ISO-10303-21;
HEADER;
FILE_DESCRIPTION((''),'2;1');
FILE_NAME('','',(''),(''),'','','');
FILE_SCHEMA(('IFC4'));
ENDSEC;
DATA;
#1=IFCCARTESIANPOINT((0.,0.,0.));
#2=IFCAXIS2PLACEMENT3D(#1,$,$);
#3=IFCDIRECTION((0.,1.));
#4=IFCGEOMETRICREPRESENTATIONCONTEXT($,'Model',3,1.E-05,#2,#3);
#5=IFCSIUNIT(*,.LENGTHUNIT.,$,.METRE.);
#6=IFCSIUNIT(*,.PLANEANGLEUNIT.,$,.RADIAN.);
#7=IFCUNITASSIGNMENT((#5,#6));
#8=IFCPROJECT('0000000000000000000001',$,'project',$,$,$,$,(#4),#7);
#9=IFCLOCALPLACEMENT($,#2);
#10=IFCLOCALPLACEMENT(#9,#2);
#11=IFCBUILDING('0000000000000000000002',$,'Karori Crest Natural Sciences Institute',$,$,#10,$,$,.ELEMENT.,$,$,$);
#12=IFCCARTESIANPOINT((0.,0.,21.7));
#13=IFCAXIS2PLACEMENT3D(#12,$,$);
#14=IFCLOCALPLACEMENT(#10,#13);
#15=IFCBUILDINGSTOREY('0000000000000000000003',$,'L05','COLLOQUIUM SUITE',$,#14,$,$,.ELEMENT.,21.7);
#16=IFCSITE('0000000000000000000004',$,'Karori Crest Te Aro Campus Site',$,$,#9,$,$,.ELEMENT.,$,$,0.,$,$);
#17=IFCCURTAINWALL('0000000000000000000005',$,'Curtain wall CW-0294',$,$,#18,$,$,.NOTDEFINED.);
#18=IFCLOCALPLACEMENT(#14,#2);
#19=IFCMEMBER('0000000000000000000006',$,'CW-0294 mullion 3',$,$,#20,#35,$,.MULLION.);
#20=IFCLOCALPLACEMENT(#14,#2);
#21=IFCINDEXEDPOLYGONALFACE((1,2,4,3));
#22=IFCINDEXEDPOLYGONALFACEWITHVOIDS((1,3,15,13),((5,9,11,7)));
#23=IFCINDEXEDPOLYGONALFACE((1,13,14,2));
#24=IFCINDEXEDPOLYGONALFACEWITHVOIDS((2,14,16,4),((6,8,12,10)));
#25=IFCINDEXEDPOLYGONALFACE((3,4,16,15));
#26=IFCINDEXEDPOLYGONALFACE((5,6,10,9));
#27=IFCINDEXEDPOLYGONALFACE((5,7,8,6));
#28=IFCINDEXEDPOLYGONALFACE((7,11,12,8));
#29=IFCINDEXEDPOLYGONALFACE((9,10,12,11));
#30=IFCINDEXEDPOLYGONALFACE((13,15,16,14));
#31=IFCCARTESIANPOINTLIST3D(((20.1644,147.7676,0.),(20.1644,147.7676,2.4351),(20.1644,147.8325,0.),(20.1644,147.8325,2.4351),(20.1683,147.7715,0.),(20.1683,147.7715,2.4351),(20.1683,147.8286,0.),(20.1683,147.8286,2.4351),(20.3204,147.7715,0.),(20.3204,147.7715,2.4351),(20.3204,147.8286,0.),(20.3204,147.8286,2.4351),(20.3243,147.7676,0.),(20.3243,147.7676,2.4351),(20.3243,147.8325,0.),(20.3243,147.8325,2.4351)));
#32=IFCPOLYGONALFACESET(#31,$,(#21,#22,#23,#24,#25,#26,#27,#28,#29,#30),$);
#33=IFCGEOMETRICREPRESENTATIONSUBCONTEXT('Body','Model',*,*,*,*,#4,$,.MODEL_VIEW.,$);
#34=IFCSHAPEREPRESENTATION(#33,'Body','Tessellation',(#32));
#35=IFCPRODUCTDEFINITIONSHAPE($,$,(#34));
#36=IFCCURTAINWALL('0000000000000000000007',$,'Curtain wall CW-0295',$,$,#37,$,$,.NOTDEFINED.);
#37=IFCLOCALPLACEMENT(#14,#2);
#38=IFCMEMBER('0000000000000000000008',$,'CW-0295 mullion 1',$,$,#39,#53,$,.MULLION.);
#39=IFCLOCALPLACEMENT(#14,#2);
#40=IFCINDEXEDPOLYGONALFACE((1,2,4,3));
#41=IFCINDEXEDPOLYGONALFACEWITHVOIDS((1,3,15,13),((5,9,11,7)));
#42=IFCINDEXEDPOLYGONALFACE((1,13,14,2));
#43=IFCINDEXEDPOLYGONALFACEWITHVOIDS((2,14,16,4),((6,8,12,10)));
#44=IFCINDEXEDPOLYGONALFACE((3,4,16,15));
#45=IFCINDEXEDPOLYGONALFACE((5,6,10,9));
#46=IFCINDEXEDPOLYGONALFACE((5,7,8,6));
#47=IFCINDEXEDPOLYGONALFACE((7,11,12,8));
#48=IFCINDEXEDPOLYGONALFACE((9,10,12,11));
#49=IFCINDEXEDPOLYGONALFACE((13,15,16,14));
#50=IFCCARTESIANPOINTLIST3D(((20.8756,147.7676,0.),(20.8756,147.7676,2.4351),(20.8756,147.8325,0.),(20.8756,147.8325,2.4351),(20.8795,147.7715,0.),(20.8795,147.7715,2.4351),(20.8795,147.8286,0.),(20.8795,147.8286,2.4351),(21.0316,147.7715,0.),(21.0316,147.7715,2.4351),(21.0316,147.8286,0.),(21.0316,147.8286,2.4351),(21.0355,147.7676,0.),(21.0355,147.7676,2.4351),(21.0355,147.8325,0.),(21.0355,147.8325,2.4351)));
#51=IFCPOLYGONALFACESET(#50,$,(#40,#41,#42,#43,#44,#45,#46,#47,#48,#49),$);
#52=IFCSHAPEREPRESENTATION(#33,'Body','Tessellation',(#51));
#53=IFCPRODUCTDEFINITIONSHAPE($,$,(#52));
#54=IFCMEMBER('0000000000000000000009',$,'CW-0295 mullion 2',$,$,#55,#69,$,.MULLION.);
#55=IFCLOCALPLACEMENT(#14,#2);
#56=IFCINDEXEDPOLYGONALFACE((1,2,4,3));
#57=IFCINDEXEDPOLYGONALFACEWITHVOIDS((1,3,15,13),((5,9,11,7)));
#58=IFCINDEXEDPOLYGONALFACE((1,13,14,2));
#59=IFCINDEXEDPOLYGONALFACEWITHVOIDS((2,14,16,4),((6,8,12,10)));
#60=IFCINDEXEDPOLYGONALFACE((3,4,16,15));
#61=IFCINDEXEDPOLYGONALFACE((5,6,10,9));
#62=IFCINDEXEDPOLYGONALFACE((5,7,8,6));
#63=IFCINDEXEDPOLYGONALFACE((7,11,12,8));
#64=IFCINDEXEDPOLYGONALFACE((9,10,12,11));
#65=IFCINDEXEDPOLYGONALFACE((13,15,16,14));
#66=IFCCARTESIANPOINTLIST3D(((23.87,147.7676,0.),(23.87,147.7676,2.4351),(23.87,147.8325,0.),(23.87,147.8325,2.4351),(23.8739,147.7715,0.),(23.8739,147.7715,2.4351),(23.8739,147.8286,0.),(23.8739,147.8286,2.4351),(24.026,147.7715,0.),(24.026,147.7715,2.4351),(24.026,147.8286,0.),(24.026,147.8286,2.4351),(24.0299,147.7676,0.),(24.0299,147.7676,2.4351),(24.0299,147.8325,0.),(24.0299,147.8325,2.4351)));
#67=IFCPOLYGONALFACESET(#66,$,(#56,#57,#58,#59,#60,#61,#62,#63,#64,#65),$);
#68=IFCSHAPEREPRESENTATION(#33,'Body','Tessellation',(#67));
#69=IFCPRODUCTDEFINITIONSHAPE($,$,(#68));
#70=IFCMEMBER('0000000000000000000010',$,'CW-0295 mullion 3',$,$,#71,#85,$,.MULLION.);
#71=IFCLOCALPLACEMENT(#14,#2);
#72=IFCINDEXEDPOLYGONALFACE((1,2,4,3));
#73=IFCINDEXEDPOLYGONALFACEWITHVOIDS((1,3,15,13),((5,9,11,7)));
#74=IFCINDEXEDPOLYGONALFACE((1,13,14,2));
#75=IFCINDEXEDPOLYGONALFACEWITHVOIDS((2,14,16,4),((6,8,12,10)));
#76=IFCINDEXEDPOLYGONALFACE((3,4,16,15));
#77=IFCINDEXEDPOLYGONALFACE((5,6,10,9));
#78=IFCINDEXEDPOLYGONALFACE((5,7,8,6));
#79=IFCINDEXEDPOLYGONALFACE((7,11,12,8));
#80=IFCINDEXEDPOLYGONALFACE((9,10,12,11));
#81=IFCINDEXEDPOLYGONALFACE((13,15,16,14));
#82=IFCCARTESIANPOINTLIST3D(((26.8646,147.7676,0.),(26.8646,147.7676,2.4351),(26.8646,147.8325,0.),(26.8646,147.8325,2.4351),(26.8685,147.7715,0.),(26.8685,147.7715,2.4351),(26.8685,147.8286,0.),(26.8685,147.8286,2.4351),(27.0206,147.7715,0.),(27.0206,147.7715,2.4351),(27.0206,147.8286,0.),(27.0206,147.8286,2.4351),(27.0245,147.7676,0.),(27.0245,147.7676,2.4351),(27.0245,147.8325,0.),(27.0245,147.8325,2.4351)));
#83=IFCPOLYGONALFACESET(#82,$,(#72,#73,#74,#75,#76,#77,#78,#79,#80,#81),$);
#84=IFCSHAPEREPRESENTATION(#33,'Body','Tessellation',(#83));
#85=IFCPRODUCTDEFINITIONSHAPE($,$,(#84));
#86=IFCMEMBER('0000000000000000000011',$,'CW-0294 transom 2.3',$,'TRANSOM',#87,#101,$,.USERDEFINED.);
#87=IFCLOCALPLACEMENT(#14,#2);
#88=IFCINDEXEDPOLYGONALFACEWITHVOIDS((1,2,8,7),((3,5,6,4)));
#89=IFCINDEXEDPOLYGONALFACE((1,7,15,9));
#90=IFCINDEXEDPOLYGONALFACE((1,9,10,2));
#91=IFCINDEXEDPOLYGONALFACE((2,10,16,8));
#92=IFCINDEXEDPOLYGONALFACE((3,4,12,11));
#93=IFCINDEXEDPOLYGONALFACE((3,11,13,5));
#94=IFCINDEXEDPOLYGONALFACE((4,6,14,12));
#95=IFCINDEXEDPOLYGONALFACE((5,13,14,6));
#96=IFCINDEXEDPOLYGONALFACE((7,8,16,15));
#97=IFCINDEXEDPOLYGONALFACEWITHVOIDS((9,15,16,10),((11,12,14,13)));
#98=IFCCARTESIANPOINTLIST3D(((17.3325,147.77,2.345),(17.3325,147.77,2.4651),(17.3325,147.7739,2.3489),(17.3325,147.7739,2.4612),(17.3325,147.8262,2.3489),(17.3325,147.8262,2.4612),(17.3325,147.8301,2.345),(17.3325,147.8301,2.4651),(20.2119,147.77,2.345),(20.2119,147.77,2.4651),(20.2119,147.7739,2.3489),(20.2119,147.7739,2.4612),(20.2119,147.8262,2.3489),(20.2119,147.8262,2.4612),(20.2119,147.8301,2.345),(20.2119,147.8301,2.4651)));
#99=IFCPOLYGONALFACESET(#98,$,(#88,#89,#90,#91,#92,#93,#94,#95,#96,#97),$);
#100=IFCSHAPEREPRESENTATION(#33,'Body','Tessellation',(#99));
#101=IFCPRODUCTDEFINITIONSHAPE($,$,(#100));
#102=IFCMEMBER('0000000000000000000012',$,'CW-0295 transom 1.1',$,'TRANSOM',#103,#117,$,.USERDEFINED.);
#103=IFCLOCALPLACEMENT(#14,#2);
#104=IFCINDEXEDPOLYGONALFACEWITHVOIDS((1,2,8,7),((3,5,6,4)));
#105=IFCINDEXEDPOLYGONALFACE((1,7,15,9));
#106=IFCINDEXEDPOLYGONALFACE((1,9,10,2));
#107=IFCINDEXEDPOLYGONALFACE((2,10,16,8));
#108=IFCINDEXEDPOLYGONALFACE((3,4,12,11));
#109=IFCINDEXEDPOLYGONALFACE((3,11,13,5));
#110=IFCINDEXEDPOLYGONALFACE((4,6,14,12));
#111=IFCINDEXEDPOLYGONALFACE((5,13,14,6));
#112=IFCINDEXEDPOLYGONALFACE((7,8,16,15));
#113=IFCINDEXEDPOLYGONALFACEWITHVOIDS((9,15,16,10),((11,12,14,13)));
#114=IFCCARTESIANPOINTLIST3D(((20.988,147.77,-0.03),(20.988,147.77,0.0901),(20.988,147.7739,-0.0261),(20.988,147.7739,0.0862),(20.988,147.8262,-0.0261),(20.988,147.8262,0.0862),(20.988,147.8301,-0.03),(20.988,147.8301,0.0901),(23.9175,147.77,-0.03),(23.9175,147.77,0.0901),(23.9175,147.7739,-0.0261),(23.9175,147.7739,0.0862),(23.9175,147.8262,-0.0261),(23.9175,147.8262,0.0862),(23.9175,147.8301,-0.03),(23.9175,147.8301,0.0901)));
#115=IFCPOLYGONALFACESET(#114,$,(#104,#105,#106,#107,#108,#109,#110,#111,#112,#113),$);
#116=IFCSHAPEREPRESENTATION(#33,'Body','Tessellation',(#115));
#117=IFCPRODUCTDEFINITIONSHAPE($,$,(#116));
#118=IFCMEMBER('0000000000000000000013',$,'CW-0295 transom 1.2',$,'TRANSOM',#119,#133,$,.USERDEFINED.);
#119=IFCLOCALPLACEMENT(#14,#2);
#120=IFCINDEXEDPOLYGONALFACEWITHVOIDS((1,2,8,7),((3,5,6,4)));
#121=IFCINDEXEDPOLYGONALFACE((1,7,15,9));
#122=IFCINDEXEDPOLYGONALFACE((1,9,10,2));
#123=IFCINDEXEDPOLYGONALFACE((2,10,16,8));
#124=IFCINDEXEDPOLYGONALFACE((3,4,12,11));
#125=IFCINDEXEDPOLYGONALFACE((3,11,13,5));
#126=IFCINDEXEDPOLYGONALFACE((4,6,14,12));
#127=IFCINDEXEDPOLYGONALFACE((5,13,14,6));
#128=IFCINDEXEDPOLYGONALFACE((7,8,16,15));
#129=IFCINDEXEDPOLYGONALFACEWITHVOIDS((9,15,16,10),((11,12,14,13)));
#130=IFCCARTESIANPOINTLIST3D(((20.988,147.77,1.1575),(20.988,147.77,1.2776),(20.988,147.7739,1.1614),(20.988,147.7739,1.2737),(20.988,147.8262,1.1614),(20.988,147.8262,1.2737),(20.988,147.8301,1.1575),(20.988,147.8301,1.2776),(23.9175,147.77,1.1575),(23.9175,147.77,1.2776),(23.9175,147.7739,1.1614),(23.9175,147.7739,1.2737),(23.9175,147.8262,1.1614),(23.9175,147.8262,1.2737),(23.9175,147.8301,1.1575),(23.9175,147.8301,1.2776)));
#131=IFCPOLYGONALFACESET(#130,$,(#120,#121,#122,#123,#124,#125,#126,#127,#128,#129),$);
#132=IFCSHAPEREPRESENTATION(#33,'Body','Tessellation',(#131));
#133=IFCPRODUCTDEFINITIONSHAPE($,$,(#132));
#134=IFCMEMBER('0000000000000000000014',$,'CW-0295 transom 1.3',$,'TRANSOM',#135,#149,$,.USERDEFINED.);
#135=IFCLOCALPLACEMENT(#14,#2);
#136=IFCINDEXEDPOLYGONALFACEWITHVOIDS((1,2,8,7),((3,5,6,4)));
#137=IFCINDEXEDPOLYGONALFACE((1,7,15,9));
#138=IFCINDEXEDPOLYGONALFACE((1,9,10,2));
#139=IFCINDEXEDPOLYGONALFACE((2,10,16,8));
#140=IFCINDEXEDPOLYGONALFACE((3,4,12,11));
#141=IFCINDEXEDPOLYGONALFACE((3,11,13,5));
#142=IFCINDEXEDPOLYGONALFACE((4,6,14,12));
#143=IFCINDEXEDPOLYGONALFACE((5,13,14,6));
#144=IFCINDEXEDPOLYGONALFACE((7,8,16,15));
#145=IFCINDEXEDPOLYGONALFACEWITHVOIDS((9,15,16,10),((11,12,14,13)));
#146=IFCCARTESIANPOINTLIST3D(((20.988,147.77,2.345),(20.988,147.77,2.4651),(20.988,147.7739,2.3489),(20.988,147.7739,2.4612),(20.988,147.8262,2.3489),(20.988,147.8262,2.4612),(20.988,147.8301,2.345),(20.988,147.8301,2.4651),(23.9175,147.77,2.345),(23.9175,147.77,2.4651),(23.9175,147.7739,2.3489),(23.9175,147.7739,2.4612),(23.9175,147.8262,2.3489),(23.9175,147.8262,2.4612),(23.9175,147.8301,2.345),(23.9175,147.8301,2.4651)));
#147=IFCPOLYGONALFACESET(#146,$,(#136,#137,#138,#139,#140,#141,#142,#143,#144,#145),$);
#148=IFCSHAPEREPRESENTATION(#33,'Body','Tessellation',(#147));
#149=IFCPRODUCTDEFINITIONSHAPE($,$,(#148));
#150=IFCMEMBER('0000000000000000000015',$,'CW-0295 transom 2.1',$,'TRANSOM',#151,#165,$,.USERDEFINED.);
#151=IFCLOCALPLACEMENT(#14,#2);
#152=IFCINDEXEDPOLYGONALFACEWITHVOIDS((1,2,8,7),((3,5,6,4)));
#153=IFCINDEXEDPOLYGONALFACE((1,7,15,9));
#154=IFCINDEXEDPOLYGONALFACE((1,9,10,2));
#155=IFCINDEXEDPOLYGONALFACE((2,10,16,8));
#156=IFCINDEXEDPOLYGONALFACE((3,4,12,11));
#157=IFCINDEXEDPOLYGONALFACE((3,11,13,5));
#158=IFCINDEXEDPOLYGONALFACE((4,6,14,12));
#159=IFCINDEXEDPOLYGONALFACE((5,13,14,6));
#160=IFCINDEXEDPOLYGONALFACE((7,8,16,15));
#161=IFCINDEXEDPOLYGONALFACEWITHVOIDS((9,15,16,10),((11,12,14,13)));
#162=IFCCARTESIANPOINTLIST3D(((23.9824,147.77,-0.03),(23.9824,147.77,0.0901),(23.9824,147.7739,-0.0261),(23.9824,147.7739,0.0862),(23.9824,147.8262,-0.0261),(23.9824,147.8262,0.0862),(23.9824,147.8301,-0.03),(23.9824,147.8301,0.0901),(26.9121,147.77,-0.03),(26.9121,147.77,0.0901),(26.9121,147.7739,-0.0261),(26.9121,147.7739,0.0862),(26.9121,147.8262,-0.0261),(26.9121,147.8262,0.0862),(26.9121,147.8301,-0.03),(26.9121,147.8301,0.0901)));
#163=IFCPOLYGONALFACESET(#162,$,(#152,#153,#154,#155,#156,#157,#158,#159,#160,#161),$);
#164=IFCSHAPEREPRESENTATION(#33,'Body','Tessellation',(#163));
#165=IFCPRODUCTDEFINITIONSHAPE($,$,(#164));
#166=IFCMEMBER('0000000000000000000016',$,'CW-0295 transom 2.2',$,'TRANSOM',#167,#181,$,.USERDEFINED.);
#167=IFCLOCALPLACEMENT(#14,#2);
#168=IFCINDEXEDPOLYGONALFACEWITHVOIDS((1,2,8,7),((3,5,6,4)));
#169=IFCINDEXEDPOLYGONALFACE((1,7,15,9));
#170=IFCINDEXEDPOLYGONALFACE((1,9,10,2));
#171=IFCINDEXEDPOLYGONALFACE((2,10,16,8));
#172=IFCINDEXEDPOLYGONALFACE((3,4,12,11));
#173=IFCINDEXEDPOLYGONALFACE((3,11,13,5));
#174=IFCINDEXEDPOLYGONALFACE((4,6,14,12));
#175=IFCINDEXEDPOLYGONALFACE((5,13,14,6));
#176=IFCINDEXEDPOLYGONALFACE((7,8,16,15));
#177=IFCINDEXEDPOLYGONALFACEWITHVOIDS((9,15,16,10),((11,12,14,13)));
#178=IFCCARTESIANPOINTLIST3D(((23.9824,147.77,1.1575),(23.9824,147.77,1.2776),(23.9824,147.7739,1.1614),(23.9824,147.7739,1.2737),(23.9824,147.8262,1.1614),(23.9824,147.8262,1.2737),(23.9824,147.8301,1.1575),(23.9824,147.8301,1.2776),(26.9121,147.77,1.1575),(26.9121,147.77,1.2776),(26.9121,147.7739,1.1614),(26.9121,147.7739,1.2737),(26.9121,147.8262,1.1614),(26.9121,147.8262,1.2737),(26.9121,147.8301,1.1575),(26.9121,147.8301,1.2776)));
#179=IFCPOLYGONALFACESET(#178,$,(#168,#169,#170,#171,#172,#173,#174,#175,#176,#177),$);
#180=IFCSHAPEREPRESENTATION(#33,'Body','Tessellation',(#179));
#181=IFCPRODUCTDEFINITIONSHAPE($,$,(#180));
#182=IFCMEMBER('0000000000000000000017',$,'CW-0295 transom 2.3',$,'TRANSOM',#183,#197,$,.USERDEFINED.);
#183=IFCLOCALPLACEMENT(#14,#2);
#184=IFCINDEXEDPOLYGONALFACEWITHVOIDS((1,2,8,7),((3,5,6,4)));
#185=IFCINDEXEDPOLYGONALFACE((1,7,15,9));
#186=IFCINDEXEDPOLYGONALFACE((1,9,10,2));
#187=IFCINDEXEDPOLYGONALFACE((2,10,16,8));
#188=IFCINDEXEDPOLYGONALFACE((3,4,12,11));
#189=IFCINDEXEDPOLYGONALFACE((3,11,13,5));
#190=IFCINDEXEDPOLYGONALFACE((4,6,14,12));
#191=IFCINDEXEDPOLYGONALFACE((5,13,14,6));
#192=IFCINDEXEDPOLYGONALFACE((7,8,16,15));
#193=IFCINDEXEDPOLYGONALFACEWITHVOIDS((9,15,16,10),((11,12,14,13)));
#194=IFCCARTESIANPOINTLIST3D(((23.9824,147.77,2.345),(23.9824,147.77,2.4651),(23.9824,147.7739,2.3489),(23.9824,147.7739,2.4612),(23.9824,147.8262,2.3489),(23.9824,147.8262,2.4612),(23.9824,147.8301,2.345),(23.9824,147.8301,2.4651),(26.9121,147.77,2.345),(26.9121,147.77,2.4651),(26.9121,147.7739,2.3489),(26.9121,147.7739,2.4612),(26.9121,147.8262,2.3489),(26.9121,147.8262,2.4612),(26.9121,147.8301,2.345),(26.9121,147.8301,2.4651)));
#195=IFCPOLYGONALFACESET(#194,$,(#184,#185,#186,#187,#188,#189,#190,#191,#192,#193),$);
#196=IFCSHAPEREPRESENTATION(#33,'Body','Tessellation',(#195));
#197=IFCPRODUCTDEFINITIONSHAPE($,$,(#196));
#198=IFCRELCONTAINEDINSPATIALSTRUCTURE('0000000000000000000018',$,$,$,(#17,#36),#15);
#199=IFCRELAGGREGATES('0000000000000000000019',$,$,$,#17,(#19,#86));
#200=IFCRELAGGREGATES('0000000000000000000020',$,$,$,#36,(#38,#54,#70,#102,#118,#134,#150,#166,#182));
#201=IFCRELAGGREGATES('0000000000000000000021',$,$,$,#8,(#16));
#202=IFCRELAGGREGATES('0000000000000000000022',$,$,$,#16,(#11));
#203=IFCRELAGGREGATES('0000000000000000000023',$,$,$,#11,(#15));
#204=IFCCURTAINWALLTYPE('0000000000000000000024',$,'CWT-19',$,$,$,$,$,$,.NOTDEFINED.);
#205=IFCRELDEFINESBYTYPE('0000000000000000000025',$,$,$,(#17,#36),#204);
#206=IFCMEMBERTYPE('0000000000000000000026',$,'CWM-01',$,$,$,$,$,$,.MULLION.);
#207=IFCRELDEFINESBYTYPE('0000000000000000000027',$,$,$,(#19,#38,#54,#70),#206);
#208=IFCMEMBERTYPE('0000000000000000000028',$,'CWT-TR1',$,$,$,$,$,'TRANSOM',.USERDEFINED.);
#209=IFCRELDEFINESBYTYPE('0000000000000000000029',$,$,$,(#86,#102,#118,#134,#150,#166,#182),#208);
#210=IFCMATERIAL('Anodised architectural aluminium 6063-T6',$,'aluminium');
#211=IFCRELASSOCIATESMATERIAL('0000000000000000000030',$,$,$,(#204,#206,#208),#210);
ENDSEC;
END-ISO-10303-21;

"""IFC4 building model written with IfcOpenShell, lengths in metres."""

from ifc_helpers import new_model, si_unit, direction, frame, origin, origin_2d, place, context, subcontext, project, spatial, hollow_rectangle, extrude, material, material_profile, profile_set, type_object, element, aggregate, save


model = new_model("IFC4")

# Units and contexts
model_context = context("Model", 3, precision=1e-05, world=origin(), true_north=direction((0.0, 1.0)))
body_context = subcontext(model_context, "Body", "Model", "MODEL_VIEW")
ifc_project = project(units=[si_unit("LENGTHUNIT", "METRE"), si_unit("PLANEANGLEUNIT", "RADIAN")], contexts=[model_context])

# Site, building, storey
site_placement = place(None, origin())
site = spatial("IfcSite", under=ifc_project, at=site_placement, Name="Karori Crest Te Aro Campus Site", CompositionType="ELEMENT", RefElevation=0.0)
building_placement = place(site_placement, origin())
building = spatial("IfcBuilding", under=site, at=building_placement, Name="Karori Crest Natural Sciences Institute", CompositionType="ELEMENT")
storey_placement = place(building_placement, frame((0.0, 0.0, 21.7)))
storey = spatial("IfcBuildingStorey", under=building, at=storey_placement, Name="L05", Description="COLLOQUIUM SUITE", CompositionType="ELEMENT", Elevation=21.7)

# Curtain wall, member
ifc_material_1 = material(Name="Anodised architectural aluminium 6063-T6", Category="aluminium")
curtain_wall_type = type_object("IfcCurtainWallType", Name="CWT-19", PredefinedType="NOTDEFINED", material=ifc_material_1)
curtain_wall_1_placement = place(storey_placement, origin())
curtain_wall_1 = element("IfcCurtainWall", 1, at=curtain_wall_1_placement, inside=storey, type_object=curtain_wall_type, Name="Curtain wall CW-0294", PredefinedType="NOTDEFINED")
ifc_material_profile_1 = material_profile(ifc_material_1, hollow_rectangle(XDim=0.0649, YDim=0.1599, WallThickness=0.0039, at=origin_2d()), Name="CWM160x65x4")
ifc_profile_set_1 = profile_set([ifc_material_profile_1], Name="Anodised architectural aluminium 6063-T6")
member_type_1 = type_object("IfcMemberType", Name="CWM-01", PredefinedType="MULLION", material=ifc_profile_set_1)
member_1_placement = place(storey_placement, frame((20.2444, 147.8, 0.0), z_axis=(0.0, 0.0, 1.0), x_axis=(0.0, 1.0, 0.0)))
member_1 = element("IfcMember", 2, at=member_1_placement, type_object=member_type_1, Name="CW-0294 mullion 3", PredefinedType="MULLION", context=body_context, shape_type="SweptSolid", body=[
    extrude(hollow_rectangle(XDim=0.0649, YDim=0.1599, WallThickness=0.0039, at=origin_2d()), origin(), (0.0, 0.0, 1.0), 2.4351),
])

# Curtain wall, members
curtain_wall_2_placement = place(storey_placement, origin())
curtain_wall_2 = element("IfcCurtainWall", 3, at=curtain_wall_2_placement, inside=storey, type_object=curtain_wall_type, Name="Curtain wall CW-0295", PredefinedType="NOTDEFINED")
member_2_placement = place(storey_placement, frame((20.9556, 147.8, 0.0), z_axis=(0.0, 0.0, 1.0), x_axis=(0.0, 1.0, 0.0)))
member_2 = element("IfcMember", 4, at=member_2_placement, type_object=member_type_1, Name="CW-0295 mullion 1", PredefinedType="MULLION", context=body_context, shape_type="SweptSolid", body=[
    extrude(hollow_rectangle(XDim=0.0649, YDim=0.1599, WallThickness=0.0039, at=origin_2d()), origin(), (0.0, 0.0, 1.0), 2.4351),
])
member_3_placement = place(storey_placement, frame((23.95, 147.8, 0.0), z_axis=(0.0, 0.0, 1.0), x_axis=(0.0, 1.0, 0.0)))
member_3 = element("IfcMember", 5, at=member_3_placement, type_object=member_type_1, Name="CW-0295 mullion 2", PredefinedType="MULLION", context=body_context, shape_type="SweptSolid", body=[
    extrude(hollow_rectangle(XDim=0.0649, YDim=0.1599, WallThickness=0.0039, at=origin_2d()), origin(), (0.0, 0.0, 1.0), 2.4351),
])
member_4_placement = place(storey_placement, frame((26.9446, 147.8, 0.0), z_axis=(0.0, 0.0, 1.0), x_axis=(0.0, 1.0, 0.0)))
member_4 = element("IfcMember", 6, at=member_4_placement, type_object=member_type_1, Name="CW-0295 mullion 3", PredefinedType="MULLION", context=body_context, shape_type="SweptSolid", body=[
    extrude(hollow_rectangle(XDim=0.0649, YDim=0.1599, WallThickness=0.0039, at=origin_2d()), origin(), (0.0, 0.0, 1.0), 2.4351),
])

# Members
ifc_material_profile_2 = material_profile(ifc_material_1, hollow_rectangle(XDim=0.0601, YDim=0.1201, WallThickness=0.0039, at=origin_2d()), Name="CWT120x60x4")
ifc_profile_set_2 = profile_set([ifc_material_profile_2], Name="Anodised architectural aluminium 6063-T6")
member_type_2 = type_object("IfcMemberType", Name="CWT-TR1", ElementType="TRANSOM", PredefinedType="USERDEFINED", material=ifc_profile_set_2)
member_5_placement = place(storey_placement, frame((17.3325, 147.8, 2.405), z_axis=(1.0, 0.0, 0.0), x_axis=(0.0, 1.0, 0.0)))
member_5 = element("IfcMember", 7, at=member_5_placement, type_object=member_type_2, Name="CW-0294 transom 2.3", ObjectType="TRANSOM", PredefinedType="USERDEFINED", context=body_context, shape_type="SweptSolid", body=[
    extrude(hollow_rectangle(XDim=0.0601, YDim=0.1201, WallThickness=0.0039, at=origin_2d()), origin(), (0.0, 0.0, 1.0), 2.8794),
])
member_6_placement = place(storey_placement, frame((20.988, 147.8, 0.03), z_axis=(1.0, 0.0, 0.0), x_axis=(0.0, 1.0, 0.0)))
member_6 = element("IfcMember", 8, at=member_6_placement, type_object=member_type_2, Name="CW-0295 transom 1.1", ObjectType="TRANSOM", PredefinedType="USERDEFINED", context=body_context, shape_type="SweptSolid", body=[
    extrude(hollow_rectangle(XDim=0.0601, YDim=0.1201, WallThickness=0.0039, at=origin_2d()), origin(), (0.0, 0.0, 1.0), 2.9294),
])
member_7_placement = place(storey_placement, frame((20.988, 147.8, 1.2175), z_axis=(1.0, 0.0, 0.0), x_axis=(0.0, 1.0, 0.0)))
member_7 = element("IfcMember", 9, at=member_7_placement, type_object=member_type_2, Name="CW-0295 transom 1.2", ObjectType="TRANSOM", PredefinedType="USERDEFINED", context=body_context, shape_type="SweptSolid", body=[
    extrude(hollow_rectangle(XDim=0.0601, YDim=0.1201, WallThickness=0.0039, at=origin_2d()), origin(), (0.0, 0.0, 1.0), 2.9294),
])
member_8_placement = place(storey_placement, frame((20.988, 147.8, 2.405), z_axis=(1.0, 0.0, 0.0), x_axis=(0.0, 1.0, 0.0)))
member_8 = element("IfcMember", 10, at=member_8_placement, type_object=member_type_2, Name="CW-0295 transom 1.3", ObjectType="TRANSOM", PredefinedType="USERDEFINED", context=body_context, shape_type="SweptSolid", body=[
    extrude(hollow_rectangle(XDim=0.0601, YDim=0.1201, WallThickness=0.0039, at=origin_2d()), origin(), (0.0, 0.0, 1.0), 2.9294),
])
member_9_placement = place(storey_placement, frame((23.9824, 147.8, 0.03), z_axis=(1.0, 0.0, 0.0), x_axis=(0.0, 1.0, 0.0)))
member_9 = element("IfcMember", 11, at=member_9_placement, type_object=member_type_2, Name="CW-0295 transom 2.1", ObjectType="TRANSOM", PredefinedType="USERDEFINED", context=body_context, shape_type="SweptSolid", body=[
    extrude(hollow_rectangle(XDim=0.0601, YDim=0.1201, WallThickness=0.0039, at=origin_2d()), origin(), (0.0, 0.0, 1.0), 2.9297),
])
member_10_placement = place(storey_placement, frame((23.9824, 147.8, 1.2175), z_axis=(1.0, 0.0, 0.0), x_axis=(0.0, 1.0, 0.0)))
member_10 = element("IfcMember", 12, at=member_10_placement, type_object=member_type_2, Name="CW-0295 transom 2.2", ObjectType="TRANSOM", PredefinedType="USERDEFINED", context=body_context, shape_type="SweptSolid", body=[
    extrude(hollow_rectangle(XDim=0.0601, YDim=0.1201, WallThickness=0.0039, at=origin_2d()), origin(), (0.0, 0.0, 1.0), 2.9297),
])
member_11_placement = place(storey_placement, frame((23.9824, 147.8, 2.405), z_axis=(1.0, 0.0, 0.0), x_axis=(0.0, 1.0, 0.0)))
member_11 = element("IfcMember", 13, at=member_11_placement, type_object=member_type_2, Name="CW-0295 transom 2.3", ObjectType="TRANSOM", PredefinedType="USERDEFINED", context=body_context, shape_type="SweptSolid", body=[
    extrude(hollow_rectangle(XDim=0.0601, YDim=0.1201, WallThickness=0.0039, at=origin_2d()), origin(), (0.0, 0.0, 1.0), 2.9297),
])

aggregate(curtain_wall_1, [member_1, member_5])
aggregate(curtain_wall_2, [member_2, member_3, member_4, member_6, member_7, member_8, member_9, member_10, member_11])

save(model, "model.ifc")
